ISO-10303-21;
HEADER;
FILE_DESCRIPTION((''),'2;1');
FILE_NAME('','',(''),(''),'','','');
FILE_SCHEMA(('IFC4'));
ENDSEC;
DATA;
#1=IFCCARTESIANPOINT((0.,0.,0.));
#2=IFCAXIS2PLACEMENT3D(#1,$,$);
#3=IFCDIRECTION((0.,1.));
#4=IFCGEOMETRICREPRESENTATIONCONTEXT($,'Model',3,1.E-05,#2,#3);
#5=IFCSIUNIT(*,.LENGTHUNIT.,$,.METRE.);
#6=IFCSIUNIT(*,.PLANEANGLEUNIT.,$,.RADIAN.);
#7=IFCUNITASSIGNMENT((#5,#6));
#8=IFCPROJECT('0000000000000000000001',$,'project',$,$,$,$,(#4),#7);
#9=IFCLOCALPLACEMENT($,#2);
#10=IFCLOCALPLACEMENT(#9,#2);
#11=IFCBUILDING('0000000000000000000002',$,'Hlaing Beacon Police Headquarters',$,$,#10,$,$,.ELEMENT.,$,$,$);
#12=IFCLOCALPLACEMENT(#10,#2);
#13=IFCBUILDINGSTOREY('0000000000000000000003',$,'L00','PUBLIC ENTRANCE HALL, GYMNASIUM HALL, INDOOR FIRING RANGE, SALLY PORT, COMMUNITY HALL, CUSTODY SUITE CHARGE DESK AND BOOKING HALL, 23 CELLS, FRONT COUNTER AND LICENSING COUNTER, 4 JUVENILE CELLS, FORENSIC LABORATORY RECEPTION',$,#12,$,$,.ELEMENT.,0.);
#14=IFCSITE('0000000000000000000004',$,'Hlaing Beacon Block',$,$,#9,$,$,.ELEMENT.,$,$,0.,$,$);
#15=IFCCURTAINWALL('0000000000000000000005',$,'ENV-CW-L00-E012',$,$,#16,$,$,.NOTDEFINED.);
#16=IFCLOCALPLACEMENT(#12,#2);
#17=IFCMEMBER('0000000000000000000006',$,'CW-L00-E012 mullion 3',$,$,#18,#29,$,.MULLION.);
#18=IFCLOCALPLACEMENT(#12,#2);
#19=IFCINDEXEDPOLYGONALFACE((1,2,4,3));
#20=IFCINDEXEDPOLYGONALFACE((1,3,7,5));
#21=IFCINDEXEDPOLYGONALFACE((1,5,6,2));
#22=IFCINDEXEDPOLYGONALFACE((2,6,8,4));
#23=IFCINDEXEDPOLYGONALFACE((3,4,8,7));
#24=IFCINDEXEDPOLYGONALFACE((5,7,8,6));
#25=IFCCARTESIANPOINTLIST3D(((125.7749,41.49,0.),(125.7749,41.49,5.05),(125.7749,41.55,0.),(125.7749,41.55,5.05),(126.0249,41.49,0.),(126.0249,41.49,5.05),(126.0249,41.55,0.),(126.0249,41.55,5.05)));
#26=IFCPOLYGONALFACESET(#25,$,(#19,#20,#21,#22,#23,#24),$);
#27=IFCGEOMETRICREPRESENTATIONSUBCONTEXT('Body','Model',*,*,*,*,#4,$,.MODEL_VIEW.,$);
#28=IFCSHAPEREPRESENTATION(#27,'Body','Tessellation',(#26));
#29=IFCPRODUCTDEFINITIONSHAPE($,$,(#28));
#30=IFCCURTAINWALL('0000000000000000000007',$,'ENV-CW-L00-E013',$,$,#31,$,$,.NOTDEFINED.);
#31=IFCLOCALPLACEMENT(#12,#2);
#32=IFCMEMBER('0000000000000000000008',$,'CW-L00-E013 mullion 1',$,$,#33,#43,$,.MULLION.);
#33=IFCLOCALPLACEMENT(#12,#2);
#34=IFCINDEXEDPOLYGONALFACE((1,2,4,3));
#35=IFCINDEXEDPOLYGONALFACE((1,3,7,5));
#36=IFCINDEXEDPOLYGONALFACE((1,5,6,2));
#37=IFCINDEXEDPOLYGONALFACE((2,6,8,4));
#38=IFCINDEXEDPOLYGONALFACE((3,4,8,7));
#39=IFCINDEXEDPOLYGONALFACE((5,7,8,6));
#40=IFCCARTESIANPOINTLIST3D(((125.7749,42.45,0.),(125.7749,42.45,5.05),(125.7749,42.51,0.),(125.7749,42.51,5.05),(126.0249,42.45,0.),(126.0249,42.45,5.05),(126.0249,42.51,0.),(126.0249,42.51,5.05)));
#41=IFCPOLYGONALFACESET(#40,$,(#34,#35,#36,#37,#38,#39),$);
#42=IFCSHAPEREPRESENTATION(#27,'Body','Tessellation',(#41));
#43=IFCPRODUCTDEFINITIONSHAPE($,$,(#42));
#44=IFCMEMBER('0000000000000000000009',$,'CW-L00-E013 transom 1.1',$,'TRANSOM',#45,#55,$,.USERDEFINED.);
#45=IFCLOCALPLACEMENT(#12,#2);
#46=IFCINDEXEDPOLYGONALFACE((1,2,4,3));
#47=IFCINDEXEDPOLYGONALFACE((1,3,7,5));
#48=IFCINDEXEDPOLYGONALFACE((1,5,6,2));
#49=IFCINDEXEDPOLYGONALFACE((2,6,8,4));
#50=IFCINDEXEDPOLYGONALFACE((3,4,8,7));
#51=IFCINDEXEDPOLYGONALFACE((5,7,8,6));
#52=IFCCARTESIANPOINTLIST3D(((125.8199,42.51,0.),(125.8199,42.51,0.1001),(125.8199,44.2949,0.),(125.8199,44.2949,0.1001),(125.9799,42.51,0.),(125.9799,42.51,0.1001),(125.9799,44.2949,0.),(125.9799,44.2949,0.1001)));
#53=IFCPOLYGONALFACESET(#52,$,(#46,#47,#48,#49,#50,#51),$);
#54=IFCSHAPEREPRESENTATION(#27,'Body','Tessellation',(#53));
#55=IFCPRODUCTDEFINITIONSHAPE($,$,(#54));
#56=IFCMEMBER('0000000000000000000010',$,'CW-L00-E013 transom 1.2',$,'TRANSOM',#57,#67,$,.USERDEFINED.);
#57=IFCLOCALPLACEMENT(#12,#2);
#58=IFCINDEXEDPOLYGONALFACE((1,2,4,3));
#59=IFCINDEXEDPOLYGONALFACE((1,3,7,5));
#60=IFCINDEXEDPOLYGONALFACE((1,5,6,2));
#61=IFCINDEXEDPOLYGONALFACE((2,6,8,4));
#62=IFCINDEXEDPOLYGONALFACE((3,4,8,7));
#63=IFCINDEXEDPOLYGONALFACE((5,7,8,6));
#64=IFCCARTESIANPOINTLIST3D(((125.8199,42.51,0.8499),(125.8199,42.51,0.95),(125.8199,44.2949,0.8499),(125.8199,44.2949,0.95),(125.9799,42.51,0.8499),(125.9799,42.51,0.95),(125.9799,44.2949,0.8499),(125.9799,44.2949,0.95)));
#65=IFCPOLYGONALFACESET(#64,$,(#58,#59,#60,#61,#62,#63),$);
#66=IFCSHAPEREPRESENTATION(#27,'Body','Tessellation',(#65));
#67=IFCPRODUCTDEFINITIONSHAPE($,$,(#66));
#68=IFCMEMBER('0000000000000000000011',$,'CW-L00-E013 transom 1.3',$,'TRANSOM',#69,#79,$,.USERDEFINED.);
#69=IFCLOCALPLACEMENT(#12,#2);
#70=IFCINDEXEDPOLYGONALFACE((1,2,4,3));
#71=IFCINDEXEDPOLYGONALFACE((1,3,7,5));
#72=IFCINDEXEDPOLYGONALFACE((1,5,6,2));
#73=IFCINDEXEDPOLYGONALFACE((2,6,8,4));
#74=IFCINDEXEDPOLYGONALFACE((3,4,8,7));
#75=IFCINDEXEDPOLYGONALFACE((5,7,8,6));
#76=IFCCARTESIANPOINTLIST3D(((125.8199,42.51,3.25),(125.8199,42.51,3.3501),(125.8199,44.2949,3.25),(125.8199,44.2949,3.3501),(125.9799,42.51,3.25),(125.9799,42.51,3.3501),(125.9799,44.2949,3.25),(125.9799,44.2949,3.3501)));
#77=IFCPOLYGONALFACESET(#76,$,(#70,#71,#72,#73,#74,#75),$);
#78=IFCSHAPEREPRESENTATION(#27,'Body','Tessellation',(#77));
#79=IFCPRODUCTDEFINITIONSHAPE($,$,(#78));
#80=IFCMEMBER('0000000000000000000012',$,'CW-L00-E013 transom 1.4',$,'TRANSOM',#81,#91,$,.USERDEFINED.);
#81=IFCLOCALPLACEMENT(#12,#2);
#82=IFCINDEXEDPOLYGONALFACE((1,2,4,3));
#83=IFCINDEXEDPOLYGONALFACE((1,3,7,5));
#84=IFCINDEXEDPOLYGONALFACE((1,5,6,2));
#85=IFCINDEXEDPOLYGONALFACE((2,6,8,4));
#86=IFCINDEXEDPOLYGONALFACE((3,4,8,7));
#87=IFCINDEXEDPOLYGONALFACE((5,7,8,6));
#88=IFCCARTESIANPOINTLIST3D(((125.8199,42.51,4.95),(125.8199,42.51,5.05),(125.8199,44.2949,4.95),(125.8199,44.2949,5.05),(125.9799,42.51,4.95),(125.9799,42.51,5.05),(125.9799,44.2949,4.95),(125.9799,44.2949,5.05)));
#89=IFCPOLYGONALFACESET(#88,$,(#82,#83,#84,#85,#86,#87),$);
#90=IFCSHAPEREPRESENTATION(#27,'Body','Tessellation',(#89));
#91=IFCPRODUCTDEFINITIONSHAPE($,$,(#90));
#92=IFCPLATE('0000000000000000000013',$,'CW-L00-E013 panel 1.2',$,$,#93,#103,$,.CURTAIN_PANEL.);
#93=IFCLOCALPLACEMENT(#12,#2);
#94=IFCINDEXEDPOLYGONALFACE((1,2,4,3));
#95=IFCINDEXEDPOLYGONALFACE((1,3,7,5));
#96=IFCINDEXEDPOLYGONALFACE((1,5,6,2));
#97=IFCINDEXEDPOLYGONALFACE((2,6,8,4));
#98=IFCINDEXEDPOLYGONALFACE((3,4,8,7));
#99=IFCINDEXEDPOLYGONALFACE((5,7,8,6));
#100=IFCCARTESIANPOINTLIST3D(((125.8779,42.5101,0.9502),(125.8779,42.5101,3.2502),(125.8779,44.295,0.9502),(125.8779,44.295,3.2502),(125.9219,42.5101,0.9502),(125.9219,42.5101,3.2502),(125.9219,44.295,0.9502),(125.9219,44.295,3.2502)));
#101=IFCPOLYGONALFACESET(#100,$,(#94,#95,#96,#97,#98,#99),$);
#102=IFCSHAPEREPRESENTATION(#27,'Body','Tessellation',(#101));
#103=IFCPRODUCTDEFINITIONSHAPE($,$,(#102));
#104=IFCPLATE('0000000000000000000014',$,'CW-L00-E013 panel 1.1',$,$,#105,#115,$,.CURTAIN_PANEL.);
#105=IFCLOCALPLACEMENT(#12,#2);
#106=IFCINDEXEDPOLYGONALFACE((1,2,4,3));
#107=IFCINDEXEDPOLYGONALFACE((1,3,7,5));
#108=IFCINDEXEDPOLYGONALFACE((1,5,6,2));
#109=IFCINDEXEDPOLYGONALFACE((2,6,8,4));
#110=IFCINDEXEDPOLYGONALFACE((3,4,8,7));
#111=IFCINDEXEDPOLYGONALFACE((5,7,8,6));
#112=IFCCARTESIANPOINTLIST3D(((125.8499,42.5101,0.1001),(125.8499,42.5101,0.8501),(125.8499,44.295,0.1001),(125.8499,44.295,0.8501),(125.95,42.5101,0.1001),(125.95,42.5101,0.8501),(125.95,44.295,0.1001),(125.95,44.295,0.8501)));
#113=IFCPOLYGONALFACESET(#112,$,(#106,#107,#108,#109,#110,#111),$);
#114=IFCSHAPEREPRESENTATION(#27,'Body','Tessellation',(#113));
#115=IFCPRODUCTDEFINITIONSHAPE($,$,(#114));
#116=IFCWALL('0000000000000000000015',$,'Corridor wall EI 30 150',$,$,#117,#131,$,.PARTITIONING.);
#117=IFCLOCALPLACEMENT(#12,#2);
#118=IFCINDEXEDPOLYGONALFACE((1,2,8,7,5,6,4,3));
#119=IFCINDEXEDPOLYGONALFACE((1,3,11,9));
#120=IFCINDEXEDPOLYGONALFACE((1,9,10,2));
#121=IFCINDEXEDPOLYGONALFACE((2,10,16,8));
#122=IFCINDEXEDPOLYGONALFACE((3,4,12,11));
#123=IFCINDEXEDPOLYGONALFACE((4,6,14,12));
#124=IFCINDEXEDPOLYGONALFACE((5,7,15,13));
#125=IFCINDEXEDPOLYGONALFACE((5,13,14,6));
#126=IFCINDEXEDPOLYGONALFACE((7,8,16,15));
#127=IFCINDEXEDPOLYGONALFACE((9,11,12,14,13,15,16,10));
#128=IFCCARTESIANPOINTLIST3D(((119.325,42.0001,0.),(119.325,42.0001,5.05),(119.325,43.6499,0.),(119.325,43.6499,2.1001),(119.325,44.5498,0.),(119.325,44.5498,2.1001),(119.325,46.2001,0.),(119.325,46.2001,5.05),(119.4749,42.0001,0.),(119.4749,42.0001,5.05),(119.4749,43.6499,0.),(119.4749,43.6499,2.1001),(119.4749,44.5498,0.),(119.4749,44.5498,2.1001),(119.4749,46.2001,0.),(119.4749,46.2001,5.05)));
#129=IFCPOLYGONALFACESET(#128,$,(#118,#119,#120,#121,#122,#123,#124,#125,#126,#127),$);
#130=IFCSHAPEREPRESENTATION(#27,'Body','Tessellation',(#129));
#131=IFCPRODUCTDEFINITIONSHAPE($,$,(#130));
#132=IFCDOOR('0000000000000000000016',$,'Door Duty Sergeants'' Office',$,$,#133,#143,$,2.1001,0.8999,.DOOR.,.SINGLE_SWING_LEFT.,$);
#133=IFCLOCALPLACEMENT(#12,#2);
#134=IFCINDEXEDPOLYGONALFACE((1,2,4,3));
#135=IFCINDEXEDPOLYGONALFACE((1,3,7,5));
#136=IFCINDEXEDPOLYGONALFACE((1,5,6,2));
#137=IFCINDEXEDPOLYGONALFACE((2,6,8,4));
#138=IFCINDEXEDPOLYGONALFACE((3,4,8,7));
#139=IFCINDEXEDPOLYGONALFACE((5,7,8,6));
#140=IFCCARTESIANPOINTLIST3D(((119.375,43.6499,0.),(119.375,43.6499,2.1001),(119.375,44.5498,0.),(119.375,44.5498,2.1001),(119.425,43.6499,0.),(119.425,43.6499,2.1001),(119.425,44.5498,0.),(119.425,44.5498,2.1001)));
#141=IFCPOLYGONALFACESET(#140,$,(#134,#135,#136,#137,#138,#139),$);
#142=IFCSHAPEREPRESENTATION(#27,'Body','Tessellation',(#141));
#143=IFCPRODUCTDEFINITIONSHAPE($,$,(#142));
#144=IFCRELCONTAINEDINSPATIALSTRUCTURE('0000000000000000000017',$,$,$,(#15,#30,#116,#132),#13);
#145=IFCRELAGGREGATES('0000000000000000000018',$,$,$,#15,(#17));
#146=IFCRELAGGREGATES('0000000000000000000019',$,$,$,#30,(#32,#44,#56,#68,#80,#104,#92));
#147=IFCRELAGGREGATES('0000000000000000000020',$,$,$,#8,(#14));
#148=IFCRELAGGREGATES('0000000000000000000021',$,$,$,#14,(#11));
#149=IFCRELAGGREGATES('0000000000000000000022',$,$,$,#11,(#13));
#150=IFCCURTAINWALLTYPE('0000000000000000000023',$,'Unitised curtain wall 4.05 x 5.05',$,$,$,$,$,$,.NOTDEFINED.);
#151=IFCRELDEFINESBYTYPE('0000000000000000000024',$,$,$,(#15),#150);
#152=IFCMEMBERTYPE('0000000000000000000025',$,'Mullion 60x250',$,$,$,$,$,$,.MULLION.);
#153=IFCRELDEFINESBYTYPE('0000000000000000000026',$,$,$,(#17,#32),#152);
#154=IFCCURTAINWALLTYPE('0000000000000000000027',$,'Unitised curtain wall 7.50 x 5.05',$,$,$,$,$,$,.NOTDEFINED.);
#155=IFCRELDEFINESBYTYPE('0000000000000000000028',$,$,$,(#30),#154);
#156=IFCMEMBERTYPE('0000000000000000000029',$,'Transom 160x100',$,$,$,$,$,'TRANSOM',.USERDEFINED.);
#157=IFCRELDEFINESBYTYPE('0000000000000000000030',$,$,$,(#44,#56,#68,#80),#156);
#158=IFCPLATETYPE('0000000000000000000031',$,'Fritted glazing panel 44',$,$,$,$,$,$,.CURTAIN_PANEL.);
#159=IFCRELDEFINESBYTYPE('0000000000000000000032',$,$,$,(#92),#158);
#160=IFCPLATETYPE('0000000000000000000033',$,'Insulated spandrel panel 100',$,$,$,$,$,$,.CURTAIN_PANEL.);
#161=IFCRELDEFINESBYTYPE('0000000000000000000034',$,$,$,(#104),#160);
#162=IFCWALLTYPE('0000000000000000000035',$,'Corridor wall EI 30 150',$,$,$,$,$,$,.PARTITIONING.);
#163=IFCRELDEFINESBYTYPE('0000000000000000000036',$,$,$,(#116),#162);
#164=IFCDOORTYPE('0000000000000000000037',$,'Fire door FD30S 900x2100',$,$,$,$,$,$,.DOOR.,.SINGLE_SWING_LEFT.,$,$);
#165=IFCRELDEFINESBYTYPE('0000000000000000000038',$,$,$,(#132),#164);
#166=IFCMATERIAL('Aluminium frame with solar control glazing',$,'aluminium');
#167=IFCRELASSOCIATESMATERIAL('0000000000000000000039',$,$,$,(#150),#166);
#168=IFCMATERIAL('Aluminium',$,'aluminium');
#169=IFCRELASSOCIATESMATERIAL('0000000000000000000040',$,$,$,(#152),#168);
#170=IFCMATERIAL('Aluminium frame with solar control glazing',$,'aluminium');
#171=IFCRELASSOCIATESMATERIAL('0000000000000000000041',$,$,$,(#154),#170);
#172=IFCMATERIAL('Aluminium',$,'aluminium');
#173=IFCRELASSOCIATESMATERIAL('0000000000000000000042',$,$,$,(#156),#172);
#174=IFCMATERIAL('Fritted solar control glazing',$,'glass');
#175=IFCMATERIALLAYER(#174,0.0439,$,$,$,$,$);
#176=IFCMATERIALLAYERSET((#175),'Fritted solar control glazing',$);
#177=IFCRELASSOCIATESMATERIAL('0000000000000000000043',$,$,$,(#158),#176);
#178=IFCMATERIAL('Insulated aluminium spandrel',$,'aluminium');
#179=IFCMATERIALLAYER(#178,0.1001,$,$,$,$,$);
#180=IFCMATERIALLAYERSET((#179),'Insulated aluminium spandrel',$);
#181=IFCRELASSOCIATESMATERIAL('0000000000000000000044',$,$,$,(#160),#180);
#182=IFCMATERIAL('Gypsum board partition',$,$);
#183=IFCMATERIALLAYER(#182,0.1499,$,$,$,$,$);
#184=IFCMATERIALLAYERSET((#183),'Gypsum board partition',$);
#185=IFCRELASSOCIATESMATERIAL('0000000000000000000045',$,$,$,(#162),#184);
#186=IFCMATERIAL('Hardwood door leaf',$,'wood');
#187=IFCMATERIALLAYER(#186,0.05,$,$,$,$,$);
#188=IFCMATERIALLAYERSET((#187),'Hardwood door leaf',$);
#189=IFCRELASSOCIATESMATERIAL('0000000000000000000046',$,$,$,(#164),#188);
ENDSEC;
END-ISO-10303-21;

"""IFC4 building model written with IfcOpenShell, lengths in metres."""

from ifc_helpers import new_model, si_unit, direction, frame, frame_2d, origin, origin_2d, place, context, subcontext, project, spatial, rectangle, extrude, material, layer, layer_set, material_profile, profile_set, type_object, element, fill, aggregate, save


model = new_model("IFC4")

# Units and contexts
model_context = context("Model", 3, precision=1e-05, world=origin(), true_north=direction((0.0, 1.0)))
body_context = subcontext(model_context, "Body", "Model", "MODEL_VIEW")
ifc_project = project(units=[si_unit("LENGTHUNIT", "METRE"), si_unit("PLANEANGLEUNIT", "RADIAN")], contexts=[model_context])

# Site, building, storey
site_placement = place(None, origin())
site = spatial("IfcSite", under=ifc_project, at=site_placement, Name="Hlaing Beacon Block", CompositionType="ELEMENT", RefElevation=0.0)
building_placement = place(site_placement, origin())
building = spatial("IfcBuilding", under=site, at=building_placement, Name="Hlaing Beacon Police Headquarters", CompositionType="ELEMENT")
storey_placement = place(building_placement, origin())
storey = spatial("IfcBuildingStorey", under=building, at=storey_placement, Name="L00", Description="PUBLIC ENTRANCE HALL, GYMNASIUM HALL, INDOOR FIRING RANGE, SALLY PORT, COMMUNITY HALL, CUSTODY SUITE CHARGE DESK AND BOOKING HALL, 23 CELLS, FRONT COUNTER AND LICENSING COUNTER, 4 JUVENILE CELLS, FORENSIC LABORATORY RECEPTION", CompositionType="ELEMENT", Elevation=0.0)

# Curtain wall, member
ifc_material_1 = material(Name="Aluminium frame with solar control glazing", Category="aluminium")
curtain_wall_type_1 = type_object("IfcCurtainWallType", Name="Unitised curtain wall 4.05 x 5.05", PredefinedType="NOTDEFINED", material=ifc_material_1)
curtain_wall_1_placement = place(storey_placement, origin())
curtain_wall_1 = element("IfcCurtainWall", 1, at=curtain_wall_1_placement, inside=storey, type_object=curtain_wall_type_1, Name="ENV-CW-L00-E012", PredefinedType="NOTDEFINED")
ifc_material_2 = material(Name="Aluminium", Category="aluminium")
ifc_material_profile_1 = material_profile(ifc_material_2, rectangle(XDim=0.25, YDim=0.0601, at=origin_2d()), Name="Mullion 60x250")
ifc_profile_set_1 = profile_set([ifc_material_profile_1], Name="Aluminium")
member_type_1 = type_object("IfcMemberType", Name="Mullion 60x250", PredefinedType="MULLION", material=ifc_profile_set_1)
member_1_placement = place(storey_placement, frame((125.8999, 41.52, 0.0), z_axis=(0.0, 0.0, 1.0), x_axis=(-1.0, 0.0, 0.0)))
member_1 = element("IfcMember", 2, at=member_1_placement, type_object=member_type_1, Name="CW-L00-E012 mullion 3", PredefinedType="MULLION", context=body_context, shape_type="SweptSolid", body=[
    extrude(rectangle(XDim=0.25, YDim=0.0601, at=origin_2d()), origin(), (0.0, 0.0, 1.0), 5.05),
])
aggregate(curtain_wall_1, [member_1])

# Curtain wall, members, plates
ifc_material_3 = material(Name="Aluminium frame with solar control glazing", Category="aluminium")
curtain_wall_type_2 = type_object("IfcCurtainWallType", Name="Unitised curtain wall 7.50 x 5.05", PredefinedType="NOTDEFINED", material=ifc_material_3)
curtain_wall_2_placement = place(storey_placement, origin())
curtain_wall_2 = element("IfcCurtainWall", 3, at=curtain_wall_2_placement, inside=storey, type_object=curtain_wall_type_2, Name="ENV-CW-L00-E013", PredefinedType="NOTDEFINED")
member_2_placement = place(storey_placement, frame((125.8999, 42.48, 0.0), z_axis=(0.0, 0.0, 1.0), x_axis=(-1.0, 0.0, 0.0)))
member_2 = element("IfcMember", 4, at=member_2_placement, type_object=member_type_1, Name="CW-L00-E013 mullion 1", PredefinedType="MULLION", context=body_context, shape_type="SweptSolid", body=[
    extrude(rectangle(XDim=0.25, YDim=0.0601, at=origin_2d()), origin(), (0.0, 0.0, 1.0), 5.05),
])
ifc_material_4 = material(Name="Aluminium", Category="aluminium")
ifc_material_profile_2 = material_profile(ifc_material_4, rectangle(XDim=0.1599, YDim=0.1001, at=origin_2d()), Name="Transom 160x100")
ifc_profile_set_2 = profile_set([ifc_material_profile_2], Name="Aluminium")
member_type_2 = type_object("IfcMemberType", Name="Transom 160x100", ElementType="TRANSOM", PredefinedType="USERDEFINED", material=ifc_profile_set_2)
member_3_placement = place(storey_placement, frame((125.8999, 42.51, 0.05), z_axis=(0.0, 1.0, 0.0), x_axis=(-1.0, 0.0, 0.0)))
member_3 = element("IfcMember", 5, at=member_3_placement, type_object=member_type_2, Name="CW-L00-E013 transom 1.1", ObjectType="TRANSOM", PredefinedType="USERDEFINED", context=body_context, shape_type="SweptSolid", body=[
    extrude(rectangle(XDim=0.1599, YDim=0.1001, at=origin_2d()), origin(), (0.0, 0.0, 1.0), 1.7849),
])
member_4_placement = place(storey_placement, frame((125.8999, 42.51, 0.8999), z_axis=(0.0, 1.0, 0.0), x_axis=(-1.0, 0.0, 0.0)))
member_4 = element("IfcMember", 6, at=member_4_placement, type_object=member_type_2, Name="CW-L00-E013 transom 1.2", ObjectType="TRANSOM", PredefinedType="USERDEFINED", context=body_context, shape_type="SweptSolid", body=[
    extrude(rectangle(XDim=0.1599, YDim=0.1001, at=origin_2d()), origin(), (0.0, 0.0, 1.0), 1.7849),
])
member_5_placement = place(storey_placement, frame((125.8999, 42.51, 3.3), z_axis=(0.0, 1.0, 0.0), x_axis=(-1.0, 0.0, 0.0)))
member_5 = element("IfcMember", 7, at=member_5_placement, type_object=member_type_2, Name="CW-L00-E013 transom 1.3", ObjectType="TRANSOM", PredefinedType="USERDEFINED", context=body_context, shape_type="SweptSolid", body=[
    extrude(rectangle(XDim=0.1599, YDim=0.1001, at=origin_2d()), origin(), (0.0, 0.0, 1.0), 1.7849),
])
member_6_placement = place(storey_placement, frame((125.8999, 42.51, 5.0), z_axis=(0.0, 1.0, 0.0), x_axis=(-1.0, 0.0, 0.0)))
member_6 = element("IfcMember", 8, at=member_6_placement, type_object=member_type_2, Name="CW-L00-E013 transom 1.4", ObjectType="TRANSOM", PredefinedType="USERDEFINED", context=body_context, shape_type="SweptSolid", body=[
    extrude(rectangle(XDim=0.1599, YDim=0.1001, at=origin_2d()), origin(), (0.0, 0.0, 1.0), 1.7849),
])
ifc_material_5 = material(Name="Fritted solar control glazing", Category="glass")
ifc_layer_1 = layer(ifc_material_5, 0.0439)
ifc_layer_set_1 = layer_set([ifc_layer_1], Name="Fritted solar control glazing")
plate_type_1 = type_object("IfcPlateType", Name="Fritted glazing panel 44", PredefinedType="CURTAIN_PANEL", material=ifc_layer_set_1)
plate_1_placement = place(storey_placement, frame((125.8999, 43.4026, 0.9502), z_axis=(0.0, 0.0, 1.0), x_axis=(0.0, 1.0, 0.0)))
plate_1 = element("IfcPlate", 9, at=plate_1_placement, type_object=plate_type_1, Name="CW-L00-E013 panel 1.2", PredefinedType="CURTAIN_PANEL", context=body_context, shape_type="SweptSolid", body=[
    extrude(rectangle(XDim=1.7849, YDim=0.0439, at=origin_2d()), origin(), (0.0, 0.0, 1.0), 2.3),
])
ifc_material_6 = material(Name="Insulated aluminium spandrel", Category="aluminium")
ifc_layer_2 = layer(ifc_material_6, 0.1001)
ifc_layer_set_2 = layer_set([ifc_layer_2], Name="Insulated aluminium spandrel")
plate_type_2 = type_object("IfcPlateType", Name="Insulated spandrel panel 100", PredefinedType="CURTAIN_PANEL", material=ifc_layer_set_2)
plate_2_placement = place(storey_placement, frame((125.8999, 43.4026, 0.1001), z_axis=(0.0, 0.0, 1.0), x_axis=(0.0, 1.0, 0.0)))
plate_2 = element("IfcPlate", 10, at=plate_2_placement, type_object=plate_type_2, Name="CW-L00-E013 panel 1.1", PredefinedType="CURTAIN_PANEL", context=body_context, shape_type="SweptSolid", body=[
    extrude(rectangle(XDim=1.7849, YDim=0.1001, at=origin_2d()), origin(), (0.0, 0.0, 1.0), 0.75),
])
aggregate(curtain_wall_2, [member_2, member_3, member_4, member_5, member_6, plate_2, plate_1])

# Wall, opening, door
ifc_material_7 = material(Name="Gypsum board partition")
ifc_layer_3 = layer(ifc_material_7, 0.1499)
ifc_layer_set_3 = layer_set([ifc_layer_3], Name="Gypsum board partition")
wall_type_1 = type_object("IfcWallType", Name="Corridor wall EI 30 150", PredefinedType="PARTITIONING", material=ifc_layer_set_3)
wall_1_placement = place(storey_placement, frame((119.3999, 42.0, 0.0), z_axis=(0.0, 0.0, 1.0), x_axis=(0.0, 1.0, 0.0)))
wall_1 = element("IfcWall", 11, at=wall_1_placement, inside=storey, type_object=wall_type_1, Name="Corridor wall EI 30 150", PredefinedType="PARTITIONING", context=body_context, shape_type="SweptSolid", body=[
    extrude(rectangle(XDim=4.2, YDim=0.1499, at=frame_2d((2.1001, 0.0))), origin(), (0.0, 0.0, 1.0), 5.05),
])
opening_1_placement = place(wall_1_placement, frame((1.6499, 0.0, 0.0)))
opening_1 = element("IfcOpeningElement", 12, at=opening_1_placement, cuts=wall_1, PredefinedType="OPENING", context=body_context, shape_type="SweptSolid", body=[
    extrude(rectangle(XDim=0.8999, YDim=2.1001, at=frame_2d((0.45, 1.05))), frame((0.0, 0.085, 0.0), z_axis=(0.0, -1.0, 0.0), x_axis=(1.0, 0.0, 0.0)), (0.0, 0.0, 1.0), 0.1699),
])
ifc_material_8 = material(Name="Hardwood door leaf", Category="wood")
ifc_layer_4 = layer(ifc_material_8, 0.05)
ifc_layer_set_4 = layer_set([ifc_layer_4], Name="Hardwood door leaf")
door_type_1 = type_object("IfcDoorType", Name="Fire door FD30S 900x2100", OperationType="SINGLE_SWING_LEFT", PredefinedType="DOOR", material=ifc_layer_set_4)
door_1_placement = place(opening_1_placement, frame((0.8999, 0.0, 0.0), z_axis=(0.0, 0.0, 1.0), x_axis=(-1.0, 0.0, 0.0)))
door_1 = element("IfcDoor", 13, at=door_1_placement, inside=storey, type_object=door_type_1, Name="Door Duty Sergeants' Office", OperationType="SINGLE_SWING_LEFT", OverallHeight=2.1001, OverallWidth=0.8999, PredefinedType="DOOR", context=body_context, shape_type="SweptSolid", body=[
    extrude(rectangle(XDim=0.8999, YDim=2.1001, at=frame_2d((0.45, 1.05))), frame((0.0, 0.0251, 0.0), z_axis=(0.0, -1.0, 0.0), x_axis=(1.0, 0.0, 0.0)), (0.0, 0.0, 1.0), 0.05),
])
fill(opening_1, door_1)

save(model, "model.ifc")
